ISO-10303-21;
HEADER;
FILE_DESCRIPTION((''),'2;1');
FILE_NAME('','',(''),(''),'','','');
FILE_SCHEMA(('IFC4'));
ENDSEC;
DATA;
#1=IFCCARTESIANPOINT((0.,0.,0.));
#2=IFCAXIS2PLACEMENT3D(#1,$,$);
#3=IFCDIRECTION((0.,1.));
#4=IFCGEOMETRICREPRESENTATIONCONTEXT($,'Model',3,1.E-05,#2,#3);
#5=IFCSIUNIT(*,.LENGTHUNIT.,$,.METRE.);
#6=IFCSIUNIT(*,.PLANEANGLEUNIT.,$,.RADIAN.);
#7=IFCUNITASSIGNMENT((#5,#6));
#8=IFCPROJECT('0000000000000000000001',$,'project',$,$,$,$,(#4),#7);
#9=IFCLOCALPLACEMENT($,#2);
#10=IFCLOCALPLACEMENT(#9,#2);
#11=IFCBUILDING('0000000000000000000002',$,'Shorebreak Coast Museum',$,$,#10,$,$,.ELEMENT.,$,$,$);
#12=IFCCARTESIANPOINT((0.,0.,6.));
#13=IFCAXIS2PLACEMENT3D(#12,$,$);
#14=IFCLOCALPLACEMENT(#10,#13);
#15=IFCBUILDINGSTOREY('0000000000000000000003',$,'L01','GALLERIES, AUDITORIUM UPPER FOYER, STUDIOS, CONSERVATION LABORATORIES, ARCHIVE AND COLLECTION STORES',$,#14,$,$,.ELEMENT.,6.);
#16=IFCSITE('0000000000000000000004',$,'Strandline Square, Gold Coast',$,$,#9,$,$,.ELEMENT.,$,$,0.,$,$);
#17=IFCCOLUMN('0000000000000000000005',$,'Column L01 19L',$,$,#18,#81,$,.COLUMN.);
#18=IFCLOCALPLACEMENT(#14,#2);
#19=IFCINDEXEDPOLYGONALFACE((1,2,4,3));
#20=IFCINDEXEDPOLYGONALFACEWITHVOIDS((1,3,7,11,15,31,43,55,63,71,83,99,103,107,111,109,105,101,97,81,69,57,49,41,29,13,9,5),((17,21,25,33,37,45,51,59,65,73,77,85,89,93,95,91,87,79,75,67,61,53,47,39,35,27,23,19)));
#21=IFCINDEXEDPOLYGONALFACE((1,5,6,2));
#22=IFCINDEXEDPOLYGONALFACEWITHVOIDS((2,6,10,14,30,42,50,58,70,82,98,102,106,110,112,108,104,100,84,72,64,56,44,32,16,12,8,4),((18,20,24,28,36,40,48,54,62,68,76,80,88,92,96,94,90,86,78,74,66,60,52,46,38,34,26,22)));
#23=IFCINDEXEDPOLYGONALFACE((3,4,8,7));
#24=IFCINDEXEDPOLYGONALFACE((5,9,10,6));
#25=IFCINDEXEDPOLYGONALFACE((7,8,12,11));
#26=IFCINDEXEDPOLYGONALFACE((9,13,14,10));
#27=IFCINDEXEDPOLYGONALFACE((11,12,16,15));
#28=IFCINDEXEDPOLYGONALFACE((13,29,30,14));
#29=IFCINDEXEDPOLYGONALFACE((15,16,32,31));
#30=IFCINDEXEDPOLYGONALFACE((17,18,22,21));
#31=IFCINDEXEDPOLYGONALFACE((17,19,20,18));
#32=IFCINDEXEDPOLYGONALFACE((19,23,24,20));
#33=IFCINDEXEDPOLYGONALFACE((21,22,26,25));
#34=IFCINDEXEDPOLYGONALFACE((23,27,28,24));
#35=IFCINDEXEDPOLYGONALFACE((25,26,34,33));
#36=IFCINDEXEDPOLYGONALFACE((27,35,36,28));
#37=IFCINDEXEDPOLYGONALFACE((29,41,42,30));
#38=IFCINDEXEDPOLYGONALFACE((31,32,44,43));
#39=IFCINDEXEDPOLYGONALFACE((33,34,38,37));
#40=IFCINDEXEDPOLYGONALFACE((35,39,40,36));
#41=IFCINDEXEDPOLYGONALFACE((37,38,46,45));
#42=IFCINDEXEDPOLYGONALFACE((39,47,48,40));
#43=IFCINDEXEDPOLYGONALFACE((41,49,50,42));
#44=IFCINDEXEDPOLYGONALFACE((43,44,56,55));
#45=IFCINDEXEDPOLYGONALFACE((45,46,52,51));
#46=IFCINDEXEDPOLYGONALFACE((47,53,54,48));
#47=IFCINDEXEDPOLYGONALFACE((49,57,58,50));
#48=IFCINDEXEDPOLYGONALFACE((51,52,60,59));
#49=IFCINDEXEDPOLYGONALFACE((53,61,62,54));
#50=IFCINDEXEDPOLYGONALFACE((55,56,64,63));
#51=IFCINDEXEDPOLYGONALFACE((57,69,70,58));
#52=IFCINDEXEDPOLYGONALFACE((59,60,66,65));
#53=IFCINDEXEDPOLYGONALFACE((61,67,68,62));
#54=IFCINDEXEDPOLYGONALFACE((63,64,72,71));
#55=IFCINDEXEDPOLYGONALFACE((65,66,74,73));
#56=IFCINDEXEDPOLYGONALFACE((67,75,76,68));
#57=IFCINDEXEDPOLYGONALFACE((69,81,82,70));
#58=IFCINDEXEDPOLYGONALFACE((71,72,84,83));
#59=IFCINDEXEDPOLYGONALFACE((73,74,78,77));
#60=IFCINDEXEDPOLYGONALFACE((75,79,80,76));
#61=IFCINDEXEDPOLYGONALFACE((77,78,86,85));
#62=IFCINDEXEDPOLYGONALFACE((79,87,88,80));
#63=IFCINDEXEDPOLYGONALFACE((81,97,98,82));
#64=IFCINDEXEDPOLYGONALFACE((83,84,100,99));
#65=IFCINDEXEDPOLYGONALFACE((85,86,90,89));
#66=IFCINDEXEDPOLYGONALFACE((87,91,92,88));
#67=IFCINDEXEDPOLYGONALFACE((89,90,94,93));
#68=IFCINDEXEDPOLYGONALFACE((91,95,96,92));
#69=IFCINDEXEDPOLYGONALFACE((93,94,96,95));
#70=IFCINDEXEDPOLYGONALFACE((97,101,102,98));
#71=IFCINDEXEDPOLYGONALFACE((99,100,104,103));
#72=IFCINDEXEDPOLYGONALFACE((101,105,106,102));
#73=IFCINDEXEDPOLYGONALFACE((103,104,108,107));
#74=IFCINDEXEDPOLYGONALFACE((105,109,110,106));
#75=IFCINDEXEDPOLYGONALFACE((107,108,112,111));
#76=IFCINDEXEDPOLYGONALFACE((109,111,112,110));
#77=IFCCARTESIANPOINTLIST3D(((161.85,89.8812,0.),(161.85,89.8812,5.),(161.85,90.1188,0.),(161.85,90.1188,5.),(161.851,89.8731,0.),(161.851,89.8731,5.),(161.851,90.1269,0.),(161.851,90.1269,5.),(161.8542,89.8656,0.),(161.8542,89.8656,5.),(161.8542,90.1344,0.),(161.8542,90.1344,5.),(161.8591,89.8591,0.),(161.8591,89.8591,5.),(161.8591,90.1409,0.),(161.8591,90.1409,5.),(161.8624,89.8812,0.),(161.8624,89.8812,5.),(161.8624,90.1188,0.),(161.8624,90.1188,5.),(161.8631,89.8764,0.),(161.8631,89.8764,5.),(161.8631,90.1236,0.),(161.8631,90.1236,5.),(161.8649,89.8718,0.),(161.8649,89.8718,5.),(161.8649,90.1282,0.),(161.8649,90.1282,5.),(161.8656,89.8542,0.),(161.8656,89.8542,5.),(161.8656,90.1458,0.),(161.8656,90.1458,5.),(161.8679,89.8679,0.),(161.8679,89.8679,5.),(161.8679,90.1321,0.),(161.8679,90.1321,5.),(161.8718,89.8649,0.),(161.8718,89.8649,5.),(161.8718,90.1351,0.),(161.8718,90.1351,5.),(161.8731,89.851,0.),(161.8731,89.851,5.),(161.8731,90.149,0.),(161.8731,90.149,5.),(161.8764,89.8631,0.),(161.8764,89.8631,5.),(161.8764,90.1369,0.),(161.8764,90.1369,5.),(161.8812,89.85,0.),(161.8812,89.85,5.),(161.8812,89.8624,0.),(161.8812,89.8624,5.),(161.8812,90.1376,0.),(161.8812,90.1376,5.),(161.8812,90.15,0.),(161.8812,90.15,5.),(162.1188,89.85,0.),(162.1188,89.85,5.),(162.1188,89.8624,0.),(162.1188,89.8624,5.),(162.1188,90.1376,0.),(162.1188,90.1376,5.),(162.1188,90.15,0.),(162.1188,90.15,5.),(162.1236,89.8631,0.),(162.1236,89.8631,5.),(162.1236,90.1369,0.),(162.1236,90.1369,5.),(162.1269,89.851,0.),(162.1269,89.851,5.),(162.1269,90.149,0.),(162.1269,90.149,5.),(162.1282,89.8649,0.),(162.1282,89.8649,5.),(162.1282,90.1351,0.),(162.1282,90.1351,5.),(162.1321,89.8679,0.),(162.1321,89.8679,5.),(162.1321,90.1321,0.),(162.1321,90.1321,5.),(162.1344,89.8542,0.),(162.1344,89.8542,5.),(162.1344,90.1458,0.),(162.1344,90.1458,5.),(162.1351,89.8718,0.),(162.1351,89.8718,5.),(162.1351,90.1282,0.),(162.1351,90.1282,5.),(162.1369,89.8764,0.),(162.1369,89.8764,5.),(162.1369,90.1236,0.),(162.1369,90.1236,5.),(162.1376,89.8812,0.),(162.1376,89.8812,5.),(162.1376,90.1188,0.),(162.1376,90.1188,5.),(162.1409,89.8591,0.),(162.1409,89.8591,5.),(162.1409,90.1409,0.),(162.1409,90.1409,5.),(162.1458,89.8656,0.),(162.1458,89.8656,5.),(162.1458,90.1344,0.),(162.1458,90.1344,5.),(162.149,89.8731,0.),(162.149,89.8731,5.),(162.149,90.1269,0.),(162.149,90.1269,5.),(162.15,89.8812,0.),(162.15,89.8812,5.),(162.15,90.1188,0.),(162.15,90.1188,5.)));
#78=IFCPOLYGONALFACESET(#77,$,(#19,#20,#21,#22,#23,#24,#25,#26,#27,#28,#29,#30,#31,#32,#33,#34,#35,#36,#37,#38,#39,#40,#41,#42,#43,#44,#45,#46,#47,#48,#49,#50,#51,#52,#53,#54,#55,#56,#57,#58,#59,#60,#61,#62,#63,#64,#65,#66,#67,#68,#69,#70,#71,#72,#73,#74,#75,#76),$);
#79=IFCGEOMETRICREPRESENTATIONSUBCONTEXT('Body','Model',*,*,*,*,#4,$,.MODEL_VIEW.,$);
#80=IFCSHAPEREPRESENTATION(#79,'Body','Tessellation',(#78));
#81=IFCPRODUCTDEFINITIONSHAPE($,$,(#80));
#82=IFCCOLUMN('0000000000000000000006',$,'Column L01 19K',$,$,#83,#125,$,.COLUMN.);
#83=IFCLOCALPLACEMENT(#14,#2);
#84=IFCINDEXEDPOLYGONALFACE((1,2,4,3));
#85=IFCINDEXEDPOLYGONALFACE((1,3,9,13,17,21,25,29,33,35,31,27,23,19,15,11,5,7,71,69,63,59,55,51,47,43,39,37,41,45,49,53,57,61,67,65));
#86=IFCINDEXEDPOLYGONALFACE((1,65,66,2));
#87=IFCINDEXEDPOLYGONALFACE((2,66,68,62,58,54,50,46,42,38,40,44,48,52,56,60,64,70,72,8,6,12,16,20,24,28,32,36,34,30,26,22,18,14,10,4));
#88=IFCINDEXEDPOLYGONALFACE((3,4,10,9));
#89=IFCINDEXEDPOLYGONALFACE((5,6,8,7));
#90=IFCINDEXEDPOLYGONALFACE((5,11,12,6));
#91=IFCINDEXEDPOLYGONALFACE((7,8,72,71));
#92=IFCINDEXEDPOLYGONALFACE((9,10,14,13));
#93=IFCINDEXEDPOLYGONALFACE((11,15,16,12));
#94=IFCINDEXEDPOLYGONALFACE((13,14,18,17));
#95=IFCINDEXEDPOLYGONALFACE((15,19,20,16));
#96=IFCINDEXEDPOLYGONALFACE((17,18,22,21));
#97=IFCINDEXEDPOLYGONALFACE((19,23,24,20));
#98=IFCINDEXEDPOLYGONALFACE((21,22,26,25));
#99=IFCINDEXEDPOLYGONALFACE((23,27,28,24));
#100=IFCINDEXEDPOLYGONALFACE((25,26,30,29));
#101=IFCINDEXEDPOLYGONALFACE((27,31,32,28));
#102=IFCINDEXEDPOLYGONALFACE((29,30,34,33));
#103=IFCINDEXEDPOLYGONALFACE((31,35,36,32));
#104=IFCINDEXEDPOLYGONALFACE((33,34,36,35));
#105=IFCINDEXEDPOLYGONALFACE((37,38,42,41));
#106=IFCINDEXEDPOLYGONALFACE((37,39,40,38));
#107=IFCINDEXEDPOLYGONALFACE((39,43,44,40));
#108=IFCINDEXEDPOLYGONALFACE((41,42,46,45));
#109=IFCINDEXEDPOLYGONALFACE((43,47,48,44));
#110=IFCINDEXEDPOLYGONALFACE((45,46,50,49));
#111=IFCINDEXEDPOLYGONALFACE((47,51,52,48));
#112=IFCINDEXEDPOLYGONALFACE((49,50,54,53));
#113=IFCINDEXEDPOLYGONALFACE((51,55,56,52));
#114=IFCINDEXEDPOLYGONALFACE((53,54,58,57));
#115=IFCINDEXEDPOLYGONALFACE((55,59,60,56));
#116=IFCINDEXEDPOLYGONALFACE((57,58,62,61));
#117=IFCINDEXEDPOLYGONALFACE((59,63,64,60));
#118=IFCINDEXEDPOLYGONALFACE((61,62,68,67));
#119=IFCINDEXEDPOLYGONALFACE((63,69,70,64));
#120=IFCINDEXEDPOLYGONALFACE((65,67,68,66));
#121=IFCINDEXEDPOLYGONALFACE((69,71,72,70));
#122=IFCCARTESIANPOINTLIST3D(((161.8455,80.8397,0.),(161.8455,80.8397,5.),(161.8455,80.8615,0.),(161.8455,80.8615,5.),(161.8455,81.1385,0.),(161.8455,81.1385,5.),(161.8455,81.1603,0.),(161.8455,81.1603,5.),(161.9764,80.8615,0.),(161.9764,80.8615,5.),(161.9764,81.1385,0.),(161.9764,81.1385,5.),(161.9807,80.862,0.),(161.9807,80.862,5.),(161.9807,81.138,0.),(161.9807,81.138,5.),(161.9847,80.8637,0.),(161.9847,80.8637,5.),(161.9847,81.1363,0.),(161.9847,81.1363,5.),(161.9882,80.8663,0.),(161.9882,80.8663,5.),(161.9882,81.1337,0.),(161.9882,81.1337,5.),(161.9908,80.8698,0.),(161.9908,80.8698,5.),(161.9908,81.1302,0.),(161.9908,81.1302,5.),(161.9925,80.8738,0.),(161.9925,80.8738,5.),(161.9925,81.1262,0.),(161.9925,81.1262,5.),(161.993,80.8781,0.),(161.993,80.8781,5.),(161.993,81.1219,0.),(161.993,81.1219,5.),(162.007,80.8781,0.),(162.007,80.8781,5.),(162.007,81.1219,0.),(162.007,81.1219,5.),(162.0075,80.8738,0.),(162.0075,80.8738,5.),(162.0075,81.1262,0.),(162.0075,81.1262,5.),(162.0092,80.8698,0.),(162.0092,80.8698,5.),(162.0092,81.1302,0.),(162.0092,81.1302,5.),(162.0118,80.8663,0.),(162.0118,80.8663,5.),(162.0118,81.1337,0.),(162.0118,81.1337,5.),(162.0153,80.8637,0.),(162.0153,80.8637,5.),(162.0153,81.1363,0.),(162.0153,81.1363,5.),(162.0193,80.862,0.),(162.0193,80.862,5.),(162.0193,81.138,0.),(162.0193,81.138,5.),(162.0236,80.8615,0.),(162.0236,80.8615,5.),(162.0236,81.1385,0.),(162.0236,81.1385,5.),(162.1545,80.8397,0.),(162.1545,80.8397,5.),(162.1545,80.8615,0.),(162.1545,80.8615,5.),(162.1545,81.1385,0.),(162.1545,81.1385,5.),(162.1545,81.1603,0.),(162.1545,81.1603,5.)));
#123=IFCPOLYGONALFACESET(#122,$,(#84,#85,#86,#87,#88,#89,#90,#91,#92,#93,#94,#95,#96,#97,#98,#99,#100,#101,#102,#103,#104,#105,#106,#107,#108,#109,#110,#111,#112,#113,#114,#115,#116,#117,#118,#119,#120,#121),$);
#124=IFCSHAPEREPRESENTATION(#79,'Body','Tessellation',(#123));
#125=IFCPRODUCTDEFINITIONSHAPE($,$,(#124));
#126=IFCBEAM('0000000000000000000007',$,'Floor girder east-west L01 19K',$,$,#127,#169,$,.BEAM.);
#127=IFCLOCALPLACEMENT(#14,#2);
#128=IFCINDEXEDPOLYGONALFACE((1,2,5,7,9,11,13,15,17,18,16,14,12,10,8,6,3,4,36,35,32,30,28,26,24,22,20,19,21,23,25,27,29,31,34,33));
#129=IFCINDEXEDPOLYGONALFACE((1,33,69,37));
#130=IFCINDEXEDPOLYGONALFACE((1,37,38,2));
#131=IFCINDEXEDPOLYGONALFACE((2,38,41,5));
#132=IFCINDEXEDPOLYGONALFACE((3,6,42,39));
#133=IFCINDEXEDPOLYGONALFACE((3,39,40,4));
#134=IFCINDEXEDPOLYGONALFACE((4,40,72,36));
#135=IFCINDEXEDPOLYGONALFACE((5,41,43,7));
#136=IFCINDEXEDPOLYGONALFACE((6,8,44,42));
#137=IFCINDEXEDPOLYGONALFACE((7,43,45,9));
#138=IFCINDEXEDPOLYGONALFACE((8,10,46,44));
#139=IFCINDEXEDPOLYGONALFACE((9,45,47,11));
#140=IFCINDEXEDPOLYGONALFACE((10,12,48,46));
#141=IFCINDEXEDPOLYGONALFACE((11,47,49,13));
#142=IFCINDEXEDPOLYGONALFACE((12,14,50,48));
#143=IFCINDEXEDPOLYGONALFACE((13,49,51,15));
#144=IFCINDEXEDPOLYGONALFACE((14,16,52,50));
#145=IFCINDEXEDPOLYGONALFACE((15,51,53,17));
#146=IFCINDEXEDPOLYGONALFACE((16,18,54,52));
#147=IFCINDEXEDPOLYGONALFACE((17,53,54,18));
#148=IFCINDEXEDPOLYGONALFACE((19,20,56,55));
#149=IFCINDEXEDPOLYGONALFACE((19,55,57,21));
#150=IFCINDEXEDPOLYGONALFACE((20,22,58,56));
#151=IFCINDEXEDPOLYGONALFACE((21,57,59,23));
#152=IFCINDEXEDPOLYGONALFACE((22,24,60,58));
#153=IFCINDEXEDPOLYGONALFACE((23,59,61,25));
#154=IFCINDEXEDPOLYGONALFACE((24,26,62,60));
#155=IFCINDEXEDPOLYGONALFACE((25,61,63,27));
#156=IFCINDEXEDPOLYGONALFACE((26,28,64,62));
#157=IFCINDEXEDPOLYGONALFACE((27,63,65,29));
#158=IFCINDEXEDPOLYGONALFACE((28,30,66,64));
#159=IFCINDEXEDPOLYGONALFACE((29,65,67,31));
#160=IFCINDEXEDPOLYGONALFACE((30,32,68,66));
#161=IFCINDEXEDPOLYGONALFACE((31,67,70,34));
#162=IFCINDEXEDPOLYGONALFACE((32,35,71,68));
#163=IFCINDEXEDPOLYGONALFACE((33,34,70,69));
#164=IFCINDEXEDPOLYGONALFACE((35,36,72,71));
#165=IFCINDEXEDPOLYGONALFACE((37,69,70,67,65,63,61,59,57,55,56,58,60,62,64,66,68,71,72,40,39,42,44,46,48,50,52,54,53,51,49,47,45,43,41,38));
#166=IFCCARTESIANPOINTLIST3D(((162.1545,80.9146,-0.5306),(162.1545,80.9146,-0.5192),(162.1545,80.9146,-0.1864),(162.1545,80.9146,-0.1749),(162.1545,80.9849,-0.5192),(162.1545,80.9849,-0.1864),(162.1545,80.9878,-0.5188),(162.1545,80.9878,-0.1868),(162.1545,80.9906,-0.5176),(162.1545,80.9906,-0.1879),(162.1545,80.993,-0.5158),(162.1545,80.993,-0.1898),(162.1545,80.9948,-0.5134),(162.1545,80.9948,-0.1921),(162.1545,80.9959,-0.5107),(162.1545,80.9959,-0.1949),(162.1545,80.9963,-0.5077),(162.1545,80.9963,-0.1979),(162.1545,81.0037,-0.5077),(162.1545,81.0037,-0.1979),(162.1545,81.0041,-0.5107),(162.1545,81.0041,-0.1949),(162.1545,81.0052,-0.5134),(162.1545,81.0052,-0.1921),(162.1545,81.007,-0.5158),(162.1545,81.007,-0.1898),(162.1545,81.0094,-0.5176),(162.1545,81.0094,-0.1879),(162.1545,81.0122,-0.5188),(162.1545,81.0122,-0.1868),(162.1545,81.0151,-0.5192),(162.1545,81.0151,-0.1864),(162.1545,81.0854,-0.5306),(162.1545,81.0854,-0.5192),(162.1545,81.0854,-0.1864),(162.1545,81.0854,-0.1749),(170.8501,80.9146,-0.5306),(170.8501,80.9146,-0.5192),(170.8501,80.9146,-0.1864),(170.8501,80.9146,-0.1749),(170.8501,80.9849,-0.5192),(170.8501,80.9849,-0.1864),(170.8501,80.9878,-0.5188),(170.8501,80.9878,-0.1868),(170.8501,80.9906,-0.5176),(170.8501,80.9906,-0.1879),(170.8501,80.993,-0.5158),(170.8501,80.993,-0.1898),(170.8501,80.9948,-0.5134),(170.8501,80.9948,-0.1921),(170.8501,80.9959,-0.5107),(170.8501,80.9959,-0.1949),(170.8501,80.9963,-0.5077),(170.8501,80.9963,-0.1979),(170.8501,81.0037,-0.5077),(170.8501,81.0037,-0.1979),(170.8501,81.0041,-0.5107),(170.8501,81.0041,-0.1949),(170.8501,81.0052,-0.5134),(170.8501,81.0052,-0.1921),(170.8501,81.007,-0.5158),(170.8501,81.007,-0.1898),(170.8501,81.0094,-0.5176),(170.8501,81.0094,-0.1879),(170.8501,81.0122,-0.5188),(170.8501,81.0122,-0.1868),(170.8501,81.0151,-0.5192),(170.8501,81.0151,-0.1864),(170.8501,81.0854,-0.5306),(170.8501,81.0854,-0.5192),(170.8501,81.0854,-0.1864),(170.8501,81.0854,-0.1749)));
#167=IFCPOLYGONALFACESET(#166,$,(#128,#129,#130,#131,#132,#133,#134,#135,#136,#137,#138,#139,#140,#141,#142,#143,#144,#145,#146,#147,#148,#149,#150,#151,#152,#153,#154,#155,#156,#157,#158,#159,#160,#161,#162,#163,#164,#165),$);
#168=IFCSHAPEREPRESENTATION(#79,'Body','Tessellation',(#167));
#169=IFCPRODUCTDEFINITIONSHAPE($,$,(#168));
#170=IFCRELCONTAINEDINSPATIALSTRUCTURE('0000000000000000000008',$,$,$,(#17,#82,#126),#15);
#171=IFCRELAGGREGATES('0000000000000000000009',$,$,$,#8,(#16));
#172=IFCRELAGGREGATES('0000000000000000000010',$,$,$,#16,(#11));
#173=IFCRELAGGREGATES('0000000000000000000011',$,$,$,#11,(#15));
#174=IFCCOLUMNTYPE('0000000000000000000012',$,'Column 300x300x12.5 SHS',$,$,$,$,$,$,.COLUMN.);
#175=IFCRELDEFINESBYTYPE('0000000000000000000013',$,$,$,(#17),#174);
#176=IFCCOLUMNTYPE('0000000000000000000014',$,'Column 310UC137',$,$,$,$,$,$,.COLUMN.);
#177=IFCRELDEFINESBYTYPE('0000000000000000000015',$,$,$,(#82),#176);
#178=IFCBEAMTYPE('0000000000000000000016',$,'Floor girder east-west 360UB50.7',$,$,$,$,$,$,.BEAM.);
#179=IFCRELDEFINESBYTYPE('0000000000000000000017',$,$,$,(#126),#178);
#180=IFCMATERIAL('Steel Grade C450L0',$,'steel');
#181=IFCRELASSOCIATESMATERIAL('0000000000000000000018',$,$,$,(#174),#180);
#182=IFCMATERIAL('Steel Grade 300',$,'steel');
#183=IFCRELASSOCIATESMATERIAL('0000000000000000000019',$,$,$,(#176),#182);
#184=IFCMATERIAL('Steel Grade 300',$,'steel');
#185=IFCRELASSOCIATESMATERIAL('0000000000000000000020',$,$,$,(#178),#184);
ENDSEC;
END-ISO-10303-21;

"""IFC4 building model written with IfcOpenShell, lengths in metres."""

from ifc_helpers import new_model, si_unit, direction, frame, origin, origin_2d, place, context, subcontext, project, spatial, hollow_rectangle, i_section, extrude, material, material_profile, profile_set, type_object, element, save


model = new_model("IFC4")

# Units and contexts
model_context = context("Model", 3, precision=1e-05, world=origin(), true_north=direction((0.0, 1.0)))
body_context = subcontext(model_context, "Body", "Model", "MODEL_VIEW")
ifc_project = project(units=[si_unit("LENGTHUNIT", "METRE"), si_unit("PLANEANGLEUNIT", "RADIAN")], contexts=[model_context])

# Site, building, storey
site_placement = place(None, origin())
site = spatial("IfcSite", under=ifc_project, at=site_placement, Name="Strandline Square, Gold Coast", CompositionType="ELEMENT", RefElevation=0.0)
building_placement = place(site_placement, origin())
building = spatial("IfcBuilding", under=site, at=building_placement, Name="Shorebreak Coast Museum", CompositionType="ELEMENT")
storey_placement = place(building_placement, frame((0.0, 0.0, 6.0)))
storey = spatial("IfcBuildingStorey", under=building, at=storey_placement, Name="L01", Description="GALLERIES, AUDITORIUM UPPER FOYER, STUDIOS, CONSERVATION LABORATORIES, ARCHIVE AND COLLECTION STORES", CompositionType="ELEMENT", Elevation=6.0)

# Columns
ifc_material_1 = material(Name="Steel Grade C450L0", Category="steel")
ifc_material_profile_1 = material_profile(ifc_material_1, hollow_rectangle(XDim=0.3, YDim=0.3, WallThickness=0.0125, InnerFilletRadius=0.0188, OuterFilletRadius=0.0312, at=origin_2d()), Name="300x300x12.5 SHS")
ifc_profile_set_1 = profile_set([ifc_material_profile_1], Name="Steel Grade C450L0")
column_type_1 = type_object("IfcColumnType", Name="Column 300x300x12.5 SHS", PredefinedType="COLUMN", material=ifc_profile_set_1)
column_1_placement = place(storey_placement, frame((162.0, 90.0, 0.0), z_axis=(0.0, 0.0, 1.0), x_axis=(1.0, 0.0, 0.0)))
element("IfcColumn", 1, at=column_1_placement, inside=storey, type_object=column_type_1, Name="Column L01 19L", PredefinedType="COLUMN", context=body_context, shape_type="SweptSolid", body=[
    extrude(hollow_rectangle(XDim=0.3, YDim=0.3, WallThickness=0.0125, InnerFilletRadius=0.0188, OuterFilletRadius=0.0312, at=origin_2d()), origin(), (0.0, 0.0, 1.0), 5.0),
])
ifc_material_2 = material(Name="Steel Grade 300", Category="steel")
ifc_material_profile_2 = material_profile(ifc_material_2, i_section(OverallWidth=0.3091, OverallDepth=0.3206, WebThickness=0.0139, FlangeThickness=0.0217, FilletRadius=0.0166, at=origin_2d()), Name="310UC137")
ifc_profile_set_2 = profile_set([ifc_material_profile_2], Name="Steel Grade 300")
column_type_2 = type_object("IfcColumnType", Name="Column 310UC137", PredefinedType="COLUMN", material=ifc_profile_set_2)
column_2_placement = place(storey_placement, frame((162.0, 81.0, 0.0), z_axis=(0.0, 0.0, 1.0), x_axis=(1.0, 0.0, 0.0)))
element("IfcColumn", 2, at=column_2_placement, inside=storey, type_object=column_type_2, Name="Column L01 19K", PredefinedType="COLUMN", context=body_context, shape_type="SweptSolid", body=[
    extrude(i_section(OverallWidth=0.3091, OverallDepth=0.3206, WebThickness=0.0139, FlangeThickness=0.0217, FilletRadius=0.0166, at=origin_2d()), origin(), (0.0, 0.0, 1.0), 5.0),
])

# Beam
ifc_material_3 = material(Name="Steel Grade 300", Category="steel")
ifc_material_profile_3 = material_profile(ifc_material_3, i_section(OverallWidth=0.1709, OverallDepth=0.3557, WebThickness=0.0073, FlangeThickness=0.0115, FilletRadius=0.0115, at=origin_2d()), Name="360UB50.7")
ifc_profile_set_3 = profile_set([ifc_material_profile_3], Name="Steel Grade 300")
beam_type_1 = type_object("IfcBeamType", Name="Floor girder east-west 360UB50.7", PredefinedType="BEAM", material=ifc_profile_set_3)
beam_1_placement = place(storey_placement, frame((162.1545, 81.0, -0.3528), z_axis=(1.0, 0.0, 0.0), x_axis=(0.0, 1.0, 0.0)))
element("IfcBeam", 3, at=beam_1_placement, inside=storey, type_object=beam_type_1, Name="Floor girder east-west L01 19K", PredefinedType="BEAM", context=body_context, shape_type="SweptSolid", body=[
    extrude(i_section(OverallWidth=0.1709, OverallDepth=0.3557, WebThickness=0.0073, FlangeThickness=0.0115, FilletRadius=0.0115, at=origin_2d()), origin(), (0.0, 0.0, 1.0), 8.6956),
])

save(model, "model.ifc")
